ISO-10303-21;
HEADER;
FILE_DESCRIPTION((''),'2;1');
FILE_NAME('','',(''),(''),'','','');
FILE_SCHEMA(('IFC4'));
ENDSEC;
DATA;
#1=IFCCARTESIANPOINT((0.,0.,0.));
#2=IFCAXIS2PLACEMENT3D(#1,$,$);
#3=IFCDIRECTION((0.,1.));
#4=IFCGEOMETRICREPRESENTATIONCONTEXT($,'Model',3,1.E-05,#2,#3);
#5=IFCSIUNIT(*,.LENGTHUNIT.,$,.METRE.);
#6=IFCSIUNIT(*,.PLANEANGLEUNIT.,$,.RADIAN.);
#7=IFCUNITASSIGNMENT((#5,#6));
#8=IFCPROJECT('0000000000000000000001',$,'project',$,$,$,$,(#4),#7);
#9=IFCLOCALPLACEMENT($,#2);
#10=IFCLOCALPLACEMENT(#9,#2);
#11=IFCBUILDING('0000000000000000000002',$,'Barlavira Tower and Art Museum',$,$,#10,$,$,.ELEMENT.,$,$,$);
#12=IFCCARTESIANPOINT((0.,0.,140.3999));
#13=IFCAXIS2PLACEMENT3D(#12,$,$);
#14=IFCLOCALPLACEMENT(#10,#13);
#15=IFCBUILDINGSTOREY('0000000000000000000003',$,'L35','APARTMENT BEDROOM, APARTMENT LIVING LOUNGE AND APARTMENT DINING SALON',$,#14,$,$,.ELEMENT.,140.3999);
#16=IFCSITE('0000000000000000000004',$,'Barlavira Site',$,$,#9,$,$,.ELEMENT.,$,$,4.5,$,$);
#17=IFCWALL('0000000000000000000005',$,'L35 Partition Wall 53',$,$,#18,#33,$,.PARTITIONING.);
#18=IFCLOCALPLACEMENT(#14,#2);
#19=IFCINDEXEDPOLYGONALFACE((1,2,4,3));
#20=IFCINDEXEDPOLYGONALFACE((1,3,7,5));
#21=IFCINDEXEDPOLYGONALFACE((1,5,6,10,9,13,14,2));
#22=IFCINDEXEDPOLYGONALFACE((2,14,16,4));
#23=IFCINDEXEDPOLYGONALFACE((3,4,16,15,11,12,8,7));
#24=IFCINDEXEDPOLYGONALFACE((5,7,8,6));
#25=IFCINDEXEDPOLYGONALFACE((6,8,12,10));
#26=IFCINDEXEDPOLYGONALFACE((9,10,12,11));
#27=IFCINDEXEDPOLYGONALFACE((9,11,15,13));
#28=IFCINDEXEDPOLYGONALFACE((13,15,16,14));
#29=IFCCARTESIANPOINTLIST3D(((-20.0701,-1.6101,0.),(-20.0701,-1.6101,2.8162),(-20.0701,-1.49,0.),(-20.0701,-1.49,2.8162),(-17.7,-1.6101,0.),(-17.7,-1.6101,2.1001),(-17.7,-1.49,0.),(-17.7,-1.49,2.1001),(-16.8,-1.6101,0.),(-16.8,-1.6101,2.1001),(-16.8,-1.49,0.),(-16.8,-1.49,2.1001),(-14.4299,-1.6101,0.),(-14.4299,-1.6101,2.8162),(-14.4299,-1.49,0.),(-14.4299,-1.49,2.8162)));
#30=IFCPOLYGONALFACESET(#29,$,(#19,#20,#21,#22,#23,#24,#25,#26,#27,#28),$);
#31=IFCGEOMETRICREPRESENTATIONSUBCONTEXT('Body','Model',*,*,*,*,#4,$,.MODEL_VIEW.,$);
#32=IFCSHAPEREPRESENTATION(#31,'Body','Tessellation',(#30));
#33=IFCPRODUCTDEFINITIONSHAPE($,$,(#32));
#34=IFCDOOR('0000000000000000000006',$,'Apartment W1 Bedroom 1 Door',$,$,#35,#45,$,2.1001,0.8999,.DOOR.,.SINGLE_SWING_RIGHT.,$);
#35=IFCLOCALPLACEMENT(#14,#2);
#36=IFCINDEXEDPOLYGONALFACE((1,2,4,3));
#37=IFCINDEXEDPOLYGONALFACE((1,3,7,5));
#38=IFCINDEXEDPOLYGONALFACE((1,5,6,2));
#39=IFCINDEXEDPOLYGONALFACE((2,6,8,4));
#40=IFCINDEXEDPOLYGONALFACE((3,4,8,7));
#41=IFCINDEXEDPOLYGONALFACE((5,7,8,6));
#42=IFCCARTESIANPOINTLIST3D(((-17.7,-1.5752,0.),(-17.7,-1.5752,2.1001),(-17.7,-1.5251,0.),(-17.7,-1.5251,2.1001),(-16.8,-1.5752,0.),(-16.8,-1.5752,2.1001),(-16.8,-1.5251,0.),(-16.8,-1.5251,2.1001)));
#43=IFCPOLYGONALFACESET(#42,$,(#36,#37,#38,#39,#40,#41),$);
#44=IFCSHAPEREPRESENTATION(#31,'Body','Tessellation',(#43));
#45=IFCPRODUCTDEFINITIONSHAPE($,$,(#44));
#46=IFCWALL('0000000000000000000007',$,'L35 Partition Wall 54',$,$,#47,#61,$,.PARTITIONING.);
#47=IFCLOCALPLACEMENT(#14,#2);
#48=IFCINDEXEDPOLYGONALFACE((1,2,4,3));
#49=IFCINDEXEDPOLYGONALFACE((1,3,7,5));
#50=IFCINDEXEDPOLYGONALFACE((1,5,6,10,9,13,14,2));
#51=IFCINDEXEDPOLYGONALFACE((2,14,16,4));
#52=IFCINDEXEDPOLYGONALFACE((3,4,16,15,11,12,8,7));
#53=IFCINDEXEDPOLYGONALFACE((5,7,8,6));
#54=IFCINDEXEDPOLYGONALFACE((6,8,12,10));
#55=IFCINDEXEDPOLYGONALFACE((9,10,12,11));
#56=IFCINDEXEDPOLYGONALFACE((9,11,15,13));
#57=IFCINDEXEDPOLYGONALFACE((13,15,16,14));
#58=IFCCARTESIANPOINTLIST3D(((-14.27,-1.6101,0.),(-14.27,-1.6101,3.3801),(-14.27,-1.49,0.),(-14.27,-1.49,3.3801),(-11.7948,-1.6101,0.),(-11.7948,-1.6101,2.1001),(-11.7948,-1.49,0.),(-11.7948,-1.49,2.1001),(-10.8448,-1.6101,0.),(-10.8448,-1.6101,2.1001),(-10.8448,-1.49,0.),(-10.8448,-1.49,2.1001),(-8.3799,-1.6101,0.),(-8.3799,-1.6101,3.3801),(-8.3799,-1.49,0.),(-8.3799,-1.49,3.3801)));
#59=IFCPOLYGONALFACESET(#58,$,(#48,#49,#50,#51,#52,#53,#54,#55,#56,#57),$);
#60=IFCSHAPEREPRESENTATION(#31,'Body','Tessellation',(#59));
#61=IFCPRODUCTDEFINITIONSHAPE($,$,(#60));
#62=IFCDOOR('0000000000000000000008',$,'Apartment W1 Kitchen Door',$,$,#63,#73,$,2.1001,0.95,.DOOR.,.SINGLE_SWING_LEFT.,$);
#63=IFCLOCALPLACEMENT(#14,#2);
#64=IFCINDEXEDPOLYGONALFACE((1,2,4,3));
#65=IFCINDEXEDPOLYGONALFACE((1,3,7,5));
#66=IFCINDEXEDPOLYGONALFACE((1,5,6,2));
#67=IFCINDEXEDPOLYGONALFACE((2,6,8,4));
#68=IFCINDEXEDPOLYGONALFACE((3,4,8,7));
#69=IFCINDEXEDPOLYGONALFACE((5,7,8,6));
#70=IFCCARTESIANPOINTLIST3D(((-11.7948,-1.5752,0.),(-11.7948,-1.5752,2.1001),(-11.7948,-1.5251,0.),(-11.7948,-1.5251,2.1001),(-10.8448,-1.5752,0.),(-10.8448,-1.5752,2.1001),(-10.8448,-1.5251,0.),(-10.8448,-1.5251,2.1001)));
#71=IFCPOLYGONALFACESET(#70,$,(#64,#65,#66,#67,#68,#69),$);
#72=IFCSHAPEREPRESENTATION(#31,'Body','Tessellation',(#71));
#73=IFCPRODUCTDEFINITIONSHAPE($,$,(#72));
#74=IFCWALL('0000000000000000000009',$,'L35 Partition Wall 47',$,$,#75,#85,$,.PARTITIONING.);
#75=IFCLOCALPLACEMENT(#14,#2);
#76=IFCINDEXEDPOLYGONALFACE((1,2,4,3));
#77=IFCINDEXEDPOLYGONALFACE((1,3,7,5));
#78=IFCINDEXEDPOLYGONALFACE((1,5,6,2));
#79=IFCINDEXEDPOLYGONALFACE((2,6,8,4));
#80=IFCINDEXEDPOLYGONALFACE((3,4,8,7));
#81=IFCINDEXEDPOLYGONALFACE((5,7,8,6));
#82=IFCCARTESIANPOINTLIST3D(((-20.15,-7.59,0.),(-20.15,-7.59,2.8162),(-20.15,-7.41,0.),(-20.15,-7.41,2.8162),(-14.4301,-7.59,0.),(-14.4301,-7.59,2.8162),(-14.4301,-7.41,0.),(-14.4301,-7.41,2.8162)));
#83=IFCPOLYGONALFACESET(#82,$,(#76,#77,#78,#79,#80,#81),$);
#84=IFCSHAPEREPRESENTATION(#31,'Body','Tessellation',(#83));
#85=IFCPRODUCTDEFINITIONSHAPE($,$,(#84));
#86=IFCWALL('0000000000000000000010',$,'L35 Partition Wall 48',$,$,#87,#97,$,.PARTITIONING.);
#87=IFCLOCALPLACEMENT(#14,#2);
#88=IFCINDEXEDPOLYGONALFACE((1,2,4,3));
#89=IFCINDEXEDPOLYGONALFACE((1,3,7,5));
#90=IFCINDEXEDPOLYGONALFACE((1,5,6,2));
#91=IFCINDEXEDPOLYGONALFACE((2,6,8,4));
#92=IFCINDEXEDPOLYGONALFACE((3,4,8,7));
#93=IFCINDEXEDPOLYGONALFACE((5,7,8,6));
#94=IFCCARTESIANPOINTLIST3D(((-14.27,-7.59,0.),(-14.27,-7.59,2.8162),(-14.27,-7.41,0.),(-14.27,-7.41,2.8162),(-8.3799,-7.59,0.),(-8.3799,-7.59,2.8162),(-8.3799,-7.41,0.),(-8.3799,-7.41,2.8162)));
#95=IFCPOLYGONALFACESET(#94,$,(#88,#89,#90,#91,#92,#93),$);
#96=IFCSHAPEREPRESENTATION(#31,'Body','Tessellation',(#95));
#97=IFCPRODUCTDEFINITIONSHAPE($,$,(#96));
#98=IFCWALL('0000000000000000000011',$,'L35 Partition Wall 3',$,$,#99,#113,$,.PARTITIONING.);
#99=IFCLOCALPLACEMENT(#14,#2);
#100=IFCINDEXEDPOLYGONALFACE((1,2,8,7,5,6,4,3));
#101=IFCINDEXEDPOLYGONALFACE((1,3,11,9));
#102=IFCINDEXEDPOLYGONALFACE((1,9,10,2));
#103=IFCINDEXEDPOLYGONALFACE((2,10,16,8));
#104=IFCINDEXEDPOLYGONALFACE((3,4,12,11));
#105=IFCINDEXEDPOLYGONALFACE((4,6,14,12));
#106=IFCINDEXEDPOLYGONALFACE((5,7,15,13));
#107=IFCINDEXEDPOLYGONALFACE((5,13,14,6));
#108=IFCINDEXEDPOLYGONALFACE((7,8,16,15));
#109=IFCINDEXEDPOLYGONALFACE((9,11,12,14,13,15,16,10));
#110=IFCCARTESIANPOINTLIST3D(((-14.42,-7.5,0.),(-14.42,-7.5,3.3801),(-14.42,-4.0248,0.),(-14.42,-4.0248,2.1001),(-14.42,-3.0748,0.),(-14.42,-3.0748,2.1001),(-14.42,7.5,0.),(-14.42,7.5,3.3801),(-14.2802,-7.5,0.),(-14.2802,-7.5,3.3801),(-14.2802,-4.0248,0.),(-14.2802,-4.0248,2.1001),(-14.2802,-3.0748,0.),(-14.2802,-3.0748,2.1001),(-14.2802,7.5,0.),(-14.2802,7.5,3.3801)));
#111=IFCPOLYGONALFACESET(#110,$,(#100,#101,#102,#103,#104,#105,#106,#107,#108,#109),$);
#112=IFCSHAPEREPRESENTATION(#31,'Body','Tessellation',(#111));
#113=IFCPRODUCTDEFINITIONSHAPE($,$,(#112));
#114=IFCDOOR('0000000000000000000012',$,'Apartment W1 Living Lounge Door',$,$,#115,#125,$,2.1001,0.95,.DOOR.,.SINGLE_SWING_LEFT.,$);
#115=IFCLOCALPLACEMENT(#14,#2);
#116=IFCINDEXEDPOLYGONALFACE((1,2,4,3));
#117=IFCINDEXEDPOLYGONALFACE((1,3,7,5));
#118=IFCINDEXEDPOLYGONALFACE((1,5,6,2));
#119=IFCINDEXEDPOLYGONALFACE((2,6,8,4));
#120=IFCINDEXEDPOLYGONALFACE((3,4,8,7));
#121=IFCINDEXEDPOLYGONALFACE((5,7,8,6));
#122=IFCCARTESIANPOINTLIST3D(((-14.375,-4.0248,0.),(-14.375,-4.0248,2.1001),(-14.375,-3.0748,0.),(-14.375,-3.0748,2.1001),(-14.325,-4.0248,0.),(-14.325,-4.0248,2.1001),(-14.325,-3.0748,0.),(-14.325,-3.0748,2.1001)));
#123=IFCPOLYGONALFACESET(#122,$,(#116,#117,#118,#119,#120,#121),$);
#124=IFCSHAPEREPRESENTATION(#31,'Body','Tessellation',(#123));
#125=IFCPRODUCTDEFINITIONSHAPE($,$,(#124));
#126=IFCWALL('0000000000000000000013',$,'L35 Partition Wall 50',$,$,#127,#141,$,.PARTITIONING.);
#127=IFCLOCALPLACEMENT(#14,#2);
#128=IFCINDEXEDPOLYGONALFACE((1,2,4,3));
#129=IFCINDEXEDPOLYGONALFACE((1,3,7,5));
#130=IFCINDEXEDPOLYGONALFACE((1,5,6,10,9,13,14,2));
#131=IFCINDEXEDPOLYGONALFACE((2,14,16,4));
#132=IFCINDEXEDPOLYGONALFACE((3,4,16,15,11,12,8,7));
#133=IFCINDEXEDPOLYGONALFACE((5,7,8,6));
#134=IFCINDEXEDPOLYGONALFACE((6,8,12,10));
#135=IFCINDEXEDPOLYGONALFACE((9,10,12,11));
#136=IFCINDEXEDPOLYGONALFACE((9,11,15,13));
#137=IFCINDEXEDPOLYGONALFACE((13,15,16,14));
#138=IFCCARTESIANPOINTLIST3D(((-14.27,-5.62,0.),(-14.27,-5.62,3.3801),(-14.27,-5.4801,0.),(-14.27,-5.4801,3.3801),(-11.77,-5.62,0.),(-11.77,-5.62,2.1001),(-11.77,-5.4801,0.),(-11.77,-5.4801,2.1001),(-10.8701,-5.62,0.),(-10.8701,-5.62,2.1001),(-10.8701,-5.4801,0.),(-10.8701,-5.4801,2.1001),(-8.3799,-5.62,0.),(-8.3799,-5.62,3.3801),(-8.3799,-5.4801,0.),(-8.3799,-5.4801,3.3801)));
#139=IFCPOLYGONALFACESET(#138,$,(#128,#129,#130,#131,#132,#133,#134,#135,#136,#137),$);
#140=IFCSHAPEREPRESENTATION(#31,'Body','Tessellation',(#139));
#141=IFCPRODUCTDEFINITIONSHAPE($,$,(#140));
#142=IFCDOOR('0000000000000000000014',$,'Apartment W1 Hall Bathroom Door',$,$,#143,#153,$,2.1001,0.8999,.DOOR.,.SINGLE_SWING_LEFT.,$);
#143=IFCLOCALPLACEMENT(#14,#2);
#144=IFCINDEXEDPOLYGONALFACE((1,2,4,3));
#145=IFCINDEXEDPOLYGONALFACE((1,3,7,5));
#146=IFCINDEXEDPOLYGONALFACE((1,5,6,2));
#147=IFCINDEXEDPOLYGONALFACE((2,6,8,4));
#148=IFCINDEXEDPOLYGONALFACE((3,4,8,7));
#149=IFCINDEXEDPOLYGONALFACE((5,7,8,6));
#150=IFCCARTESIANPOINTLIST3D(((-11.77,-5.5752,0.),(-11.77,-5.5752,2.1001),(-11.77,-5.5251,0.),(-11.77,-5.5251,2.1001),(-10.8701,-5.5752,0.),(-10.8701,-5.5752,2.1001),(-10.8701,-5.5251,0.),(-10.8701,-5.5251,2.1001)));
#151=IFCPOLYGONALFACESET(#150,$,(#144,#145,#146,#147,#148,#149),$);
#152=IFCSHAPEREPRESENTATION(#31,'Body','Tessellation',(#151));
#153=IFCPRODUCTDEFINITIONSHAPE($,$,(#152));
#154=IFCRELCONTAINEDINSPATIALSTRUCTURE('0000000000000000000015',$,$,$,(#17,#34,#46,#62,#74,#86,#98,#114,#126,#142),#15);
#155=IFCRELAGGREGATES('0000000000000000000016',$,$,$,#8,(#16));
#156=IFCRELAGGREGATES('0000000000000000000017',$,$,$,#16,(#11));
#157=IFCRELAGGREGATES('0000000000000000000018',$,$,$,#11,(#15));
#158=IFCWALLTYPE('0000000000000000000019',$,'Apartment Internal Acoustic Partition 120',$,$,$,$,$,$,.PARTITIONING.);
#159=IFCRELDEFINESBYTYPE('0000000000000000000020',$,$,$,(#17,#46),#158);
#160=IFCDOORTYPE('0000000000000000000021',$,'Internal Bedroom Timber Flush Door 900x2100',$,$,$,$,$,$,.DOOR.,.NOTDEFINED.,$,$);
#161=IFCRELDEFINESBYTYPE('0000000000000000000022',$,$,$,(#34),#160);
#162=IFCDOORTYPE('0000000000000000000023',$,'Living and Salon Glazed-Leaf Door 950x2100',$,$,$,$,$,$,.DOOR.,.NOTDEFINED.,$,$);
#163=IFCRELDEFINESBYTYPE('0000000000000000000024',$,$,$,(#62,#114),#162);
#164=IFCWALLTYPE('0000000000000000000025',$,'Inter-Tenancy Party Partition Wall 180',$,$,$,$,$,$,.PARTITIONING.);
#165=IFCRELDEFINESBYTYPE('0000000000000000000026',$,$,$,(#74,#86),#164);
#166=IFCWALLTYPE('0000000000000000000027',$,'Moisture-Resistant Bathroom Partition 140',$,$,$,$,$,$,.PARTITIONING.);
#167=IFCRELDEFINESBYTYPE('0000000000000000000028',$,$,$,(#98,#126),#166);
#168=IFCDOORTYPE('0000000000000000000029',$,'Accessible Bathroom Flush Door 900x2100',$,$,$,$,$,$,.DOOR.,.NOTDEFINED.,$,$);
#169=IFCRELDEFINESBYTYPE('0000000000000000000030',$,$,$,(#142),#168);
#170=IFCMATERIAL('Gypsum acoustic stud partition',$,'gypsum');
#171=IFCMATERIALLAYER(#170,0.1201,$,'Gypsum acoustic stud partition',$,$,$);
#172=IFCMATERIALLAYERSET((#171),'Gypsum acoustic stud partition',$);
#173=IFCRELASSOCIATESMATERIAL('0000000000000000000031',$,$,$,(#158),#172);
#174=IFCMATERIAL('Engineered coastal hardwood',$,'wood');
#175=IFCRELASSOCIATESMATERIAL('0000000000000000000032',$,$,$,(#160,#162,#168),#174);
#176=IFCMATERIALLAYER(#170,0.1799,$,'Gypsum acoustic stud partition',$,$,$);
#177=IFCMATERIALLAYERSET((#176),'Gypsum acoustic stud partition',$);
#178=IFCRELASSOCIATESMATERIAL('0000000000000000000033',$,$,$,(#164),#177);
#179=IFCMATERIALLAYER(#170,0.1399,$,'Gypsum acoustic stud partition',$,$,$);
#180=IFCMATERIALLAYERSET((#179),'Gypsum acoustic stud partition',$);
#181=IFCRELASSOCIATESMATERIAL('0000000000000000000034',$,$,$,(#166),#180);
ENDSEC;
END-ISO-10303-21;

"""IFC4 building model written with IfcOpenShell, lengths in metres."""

from ifc_helpers import new_model, si_unit, direction, frame, frame_2d, origin, place, context, subcontext, project, spatial, rectangle, extrude, material, layer, layer_set, type_object, element, fill, save


model = new_model("IFC4")

# Units and contexts
model_context = context("Model", 3, precision=1e-05, world=origin(), true_north=direction((0.0, 1.0)))
body_context = subcontext(model_context, "Body", "Model", "MODEL_VIEW")
ifc_project = project(units=[si_unit("LENGTHUNIT", "METRE"), si_unit("PLANEANGLEUNIT", "RADIAN")], contexts=[model_context])

# Site, building, storey
site_placement = place(None, origin())
site = spatial("IfcSite", under=ifc_project, at=site_placement, Name="Barlavira Site", CompositionType="ELEMENT", RefElevation=4.5)
building_placement = place(site_placement, origin())
building = spatial("IfcBuilding", under=site, at=building_placement, Name="Barlavira Tower and Art Museum", CompositionType="ELEMENT")
storey_placement = place(building_placement, frame((0.0, 0.0, 140.3999)))
storey = spatial("IfcBuildingStorey", under=building, at=storey_placement, Name="L35", Description="APARTMENT BEDROOM, APARTMENT LIVING LOUNGE AND APARTMENT DINING SALON", CompositionType="ELEMENT", Elevation=140.3999)

# Walls, openings, doors
ifc_material_1 = material(Name="Gypsum acoustic stud partition", Category="gypsum")
ifc_layer_1 = layer(ifc_material_1, 0.1201, Name="Gypsum acoustic stud partition")
ifc_layer_set_1 = layer_set([ifc_layer_1], Name="Gypsum acoustic stud partition")
wall_type_1 = type_object("IfcWallType", Name="Apartment Internal Acoustic Partition 120", PredefinedType="PARTITIONING", material=ifc_layer_set_1)
wall_1_placement = place(storey_placement, frame((-20.0701, -1.55, 0.0), z_axis=(0.0, 0.0, 1.0), x_axis=(1.0, 0.0, 0.0)))
wall_1 = element("IfcWall", 1, at=wall_1_placement, inside=storey, type_object=wall_type_1, Name="L35 Partition Wall 53", PredefinedType="PARTITIONING", context=body_context, shape_type="SweptSolid", body=[
    extrude(rectangle(XDim=5.6401, YDim=0.1201, at=frame_2d((2.8201, 0.0))), origin(), (0.0, 0.0, 1.0), 2.8162),
])
opening_1_placement = place(wall_1_placement, frame((2.3701, 0.0, 0.0)))
opening_1 = element("IfcOpeningElement", 2, at=opening_1_placement, cuts=wall_1, PredefinedType="OPENING", context=body_context, shape_type="SweptSolid", body=[
    extrude(rectangle(XDim=0.8999, YDim=2.1001, at=frame_2d((0.45, 1.05))), frame((0.0, 0.0701, 0.0), z_axis=(0.0, -1.0, 0.0), x_axis=(1.0, 0.0, 0.0)), (0.0, 0.0, 1.0), 0.1401),
])
ifc_material_2 = material(Name="Engineered coastal hardwood", Category="wood")
door_type_1 = type_object("IfcDoorType", Name="Internal Bedroom Timber Flush Door 900x2100", OperationType="NOTDEFINED", PredefinedType="DOOR", material=ifc_material_2)
door_1_placement = place(opening_1_placement, origin())
door_1 = element("IfcDoor", 3, at=door_1_placement, inside=storey, type_object=door_type_1, Name="Apartment W1 Bedroom 1 Door", OperationType="SINGLE_SWING_RIGHT", OverallHeight=2.1001, OverallWidth=0.8999, PredefinedType="DOOR", context=body_context, shape_type="SweptSolid", body=[
    extrude(rectangle(XDim=0.8999, YDim=2.1001, at=frame_2d((0.45, 1.05))), frame((0.0, 0.0249, 0.0), z_axis=(0.0, -1.0, 0.0), x_axis=(1.0, 0.0, 0.0)), (0.0, 0.0, 1.0), 0.05),
])
fill(opening_1, door_1)
wall_2_placement = place(storey_placement, frame((-14.27, -1.55, 0.0), z_axis=(0.0, 0.0, 1.0), x_axis=(1.0, 0.0, 0.0)))
wall_2 = element("IfcWall", 4, at=wall_2_placement, inside=storey, type_object=wall_type_1, Name="L35 Partition Wall 54", PredefinedType="PARTITIONING", context=body_context, shape_type="SweptSolid", body=[
    extrude(rectangle(XDim=5.8901, YDim=0.1201, at=frame_2d((2.9451, 0.0))), origin(), (0.0, 0.0, 1.0), 3.3801),
])
opening_2_placement = place(wall_2_placement, frame((2.4751, 0.0, 0.0)))
opening_2 = element("IfcOpeningElement", 5, at=opening_2_placement, cuts=wall_2, PredefinedType="OPENING", context=body_context, shape_type="SweptSolid", body=[
    extrude(rectangle(XDim=0.95, YDim=2.1001, at=frame_2d((0.4751, 1.05))), frame((0.0, 0.0701, 0.0), z_axis=(0.0, -1.0, 0.0), x_axis=(1.0, 0.0, 0.0)), (0.0, 0.0, 1.0), 0.1401),
])
door_type_2 = type_object("IfcDoorType", Name="Living and Salon Glazed-Leaf Door 950x2100", OperationType="NOTDEFINED", PredefinedType="DOOR", material=ifc_material_2)
door_2_placement = place(opening_2_placement, origin())
door_2 = element("IfcDoor", 6, at=door_2_placement, inside=storey, type_object=door_type_2, Name="Apartment W1 Kitchen Door", OperationType="SINGLE_SWING_LEFT", OverallHeight=2.1001, OverallWidth=0.95, PredefinedType="DOOR", context=body_context, shape_type="SweptSolid", body=[
    extrude(rectangle(XDim=0.95, YDim=2.1001, at=frame_2d((0.4751, 1.05))), frame((0.0, 0.0249, 0.0), z_axis=(0.0, -1.0, 0.0), x_axis=(1.0, 0.0, 0.0)), (0.0, 0.0, 1.0), 0.05),
])
fill(opening_2, door_2)
ifc_layer_2 = layer(ifc_material_1, 0.1799, Name="Gypsum acoustic stud partition")
ifc_layer_set_2 = layer_set([ifc_layer_2], Name="Gypsum acoustic stud partition")
wall_type_2 = type_object("IfcWallType", Name="Inter-Tenancy Party Partition Wall 180", PredefinedType="PARTITIONING", material=ifc_layer_set_2)

# Walls
wall_3_placement = place(storey_placement, frame((-20.1499, -7.5, 0.0), z_axis=(0.0, 0.0, 1.0), x_axis=(1.0, 0.0, 0.0)))
element("IfcWall", 7, at=wall_3_placement, inside=storey, type_object=wall_type_2, Name="L35 Partition Wall 47", PredefinedType="PARTITIONING", context=body_context, shape_type="SweptSolid", body=[
    extrude(rectangle(XDim=5.72, YDim=0.1799, at=frame_2d((2.8599, 0.0))), origin(), (0.0, 0.0, 1.0), 2.8162),
])
wall_4_placement = place(storey_placement, frame((-14.27, -7.5, 0.0), z_axis=(0.0, 0.0, 1.0), x_axis=(1.0, 0.0, 0.0)))
element("IfcWall", 8, at=wall_4_placement, inside=storey, type_object=wall_type_2, Name="L35 Partition Wall 48", PredefinedType="PARTITIONING", context=body_context, shape_type="SweptSolid", body=[
    extrude(rectangle(XDim=5.8901, YDim=0.1799, at=frame_2d((2.9451, 0.0))), origin(), (0.0, 0.0, 1.0), 2.8162),
])

# Walls, openings, doors
ifc_layer_3 = layer(ifc_material_1, 0.1399, Name="Gypsum acoustic stud partition")
ifc_layer_set_3 = layer_set([ifc_layer_3], Name="Gypsum acoustic stud partition")
wall_type_3 = type_object("IfcWallType", Name="Moisture-Resistant Bathroom Partition 140", PredefinedType="PARTITIONING", material=ifc_layer_set_3)
wall_5_placement = place(storey_placement, frame((-14.3501, -7.5, 0.0), z_axis=(0.0, 0.0, 1.0), x_axis=(0.0, 1.0, 0.0)))
wall_5 = element("IfcWall", 9, at=wall_5_placement, inside=storey, type_object=wall_type_3, Name="L35 Partition Wall 3", PredefinedType="PARTITIONING", context=body_context, shape_type="SweptSolid", body=[
    extrude(rectangle(XDim=15.0, YDim=0.1399, at=frame_2d((7.5, 0.0))), origin(), (0.0, 0.0, 1.0), 3.3801),
])
opening_3_placement = place(wall_5_placement, frame((3.4751, 0.0, 0.0)))
opening_3 = element("IfcOpeningElement", 10, at=opening_3_placement, cuts=wall_5, PredefinedType="OPENING", context=body_context, shape_type="SweptSolid", body=[
    extrude(rectangle(XDim=0.95, YDim=2.1001, at=frame_2d((0.4751, 1.05))), frame((0.0, 0.0801, 0.0), z_axis=(0.0, -1.0, 0.0), x_axis=(1.0, 0.0, 0.0)), (0.0, 0.0, 1.0), 0.1599),
])
door_3_placement = place(opening_3_placement, origin())
door_3 = element("IfcDoor", 11, at=door_3_placement, inside=storey, type_object=door_type_2, Name="Apartment W1 Living Lounge Door", OperationType="SINGLE_SWING_LEFT", OverallHeight=2.1001, OverallWidth=0.95, PredefinedType="DOOR", context=body_context, shape_type="SweptSolid", body=[
    extrude(rectangle(XDim=0.95, YDim=2.1001, at=frame_2d((0.4751, 1.05))), frame((0.0, 0.0249, 0.0), z_axis=(0.0, -1.0, 0.0), x_axis=(1.0, 0.0, 0.0)), (0.0, 0.0, 1.0), 0.05),
])
fill(opening_3, door_3)
wall_6_placement = place(storey_placement, frame((-14.27, -5.55, 0.0), z_axis=(0.0, 0.0, 1.0), x_axis=(1.0, 0.0, 0.0)))
wall_6 = element("IfcWall", 12, at=wall_6_placement, inside=storey, type_object=wall_type_3, Name="L35 Partition Wall 50", PredefinedType="PARTITIONING", context=body_context, shape_type="SweptSolid", body=[
    extrude(rectangle(XDim=5.8901, YDim=0.1399, at=frame_2d((2.9451, 0.0))), origin(), (0.0, 0.0, 1.0), 3.3801),
])
opening_4_placement = place(wall_6_placement, frame((2.5, 0.0, 0.0)))
opening_4 = element("IfcOpeningElement", 13, at=opening_4_placement, cuts=wall_6, PredefinedType="OPENING", context=body_context, shape_type="SweptSolid", body=[
    extrude(rectangle(XDim=0.8999, YDim=2.1001, at=frame_2d((0.45, 1.05))), frame((0.0, 0.0801, 0.0), z_axis=(0.0, -1.0, 0.0), x_axis=(1.0, 0.0, 0.0)), (0.0, 0.0, 1.0), 0.1599),
])
door_type_3 = type_object("IfcDoorType", Name="Accessible Bathroom Flush Door 900x2100", OperationType="NOTDEFINED", PredefinedType="DOOR", material=ifc_material_2)
door_4_placement = place(opening_4_placement, origin())
door_4 = element("IfcDoor", 14, at=door_4_placement, inside=storey, type_object=door_type_3, Name="Apartment W1 Hall Bathroom Door", OperationType="SINGLE_SWING_LEFT", OverallHeight=2.1001, OverallWidth=0.8999, PredefinedType="DOOR", context=body_context, shape_type="SweptSolid", body=[
    extrude(rectangle(XDim=0.8999, YDim=2.1001, at=frame_2d((0.45, 1.05))), frame((0.0, 0.0249, 0.0), z_axis=(0.0, -1.0, 0.0), x_axis=(1.0, 0.0, 0.0)), (0.0, 0.0, 1.0), 0.05),
])
fill(opening_4, door_4)

save(model, "model.ifc")
